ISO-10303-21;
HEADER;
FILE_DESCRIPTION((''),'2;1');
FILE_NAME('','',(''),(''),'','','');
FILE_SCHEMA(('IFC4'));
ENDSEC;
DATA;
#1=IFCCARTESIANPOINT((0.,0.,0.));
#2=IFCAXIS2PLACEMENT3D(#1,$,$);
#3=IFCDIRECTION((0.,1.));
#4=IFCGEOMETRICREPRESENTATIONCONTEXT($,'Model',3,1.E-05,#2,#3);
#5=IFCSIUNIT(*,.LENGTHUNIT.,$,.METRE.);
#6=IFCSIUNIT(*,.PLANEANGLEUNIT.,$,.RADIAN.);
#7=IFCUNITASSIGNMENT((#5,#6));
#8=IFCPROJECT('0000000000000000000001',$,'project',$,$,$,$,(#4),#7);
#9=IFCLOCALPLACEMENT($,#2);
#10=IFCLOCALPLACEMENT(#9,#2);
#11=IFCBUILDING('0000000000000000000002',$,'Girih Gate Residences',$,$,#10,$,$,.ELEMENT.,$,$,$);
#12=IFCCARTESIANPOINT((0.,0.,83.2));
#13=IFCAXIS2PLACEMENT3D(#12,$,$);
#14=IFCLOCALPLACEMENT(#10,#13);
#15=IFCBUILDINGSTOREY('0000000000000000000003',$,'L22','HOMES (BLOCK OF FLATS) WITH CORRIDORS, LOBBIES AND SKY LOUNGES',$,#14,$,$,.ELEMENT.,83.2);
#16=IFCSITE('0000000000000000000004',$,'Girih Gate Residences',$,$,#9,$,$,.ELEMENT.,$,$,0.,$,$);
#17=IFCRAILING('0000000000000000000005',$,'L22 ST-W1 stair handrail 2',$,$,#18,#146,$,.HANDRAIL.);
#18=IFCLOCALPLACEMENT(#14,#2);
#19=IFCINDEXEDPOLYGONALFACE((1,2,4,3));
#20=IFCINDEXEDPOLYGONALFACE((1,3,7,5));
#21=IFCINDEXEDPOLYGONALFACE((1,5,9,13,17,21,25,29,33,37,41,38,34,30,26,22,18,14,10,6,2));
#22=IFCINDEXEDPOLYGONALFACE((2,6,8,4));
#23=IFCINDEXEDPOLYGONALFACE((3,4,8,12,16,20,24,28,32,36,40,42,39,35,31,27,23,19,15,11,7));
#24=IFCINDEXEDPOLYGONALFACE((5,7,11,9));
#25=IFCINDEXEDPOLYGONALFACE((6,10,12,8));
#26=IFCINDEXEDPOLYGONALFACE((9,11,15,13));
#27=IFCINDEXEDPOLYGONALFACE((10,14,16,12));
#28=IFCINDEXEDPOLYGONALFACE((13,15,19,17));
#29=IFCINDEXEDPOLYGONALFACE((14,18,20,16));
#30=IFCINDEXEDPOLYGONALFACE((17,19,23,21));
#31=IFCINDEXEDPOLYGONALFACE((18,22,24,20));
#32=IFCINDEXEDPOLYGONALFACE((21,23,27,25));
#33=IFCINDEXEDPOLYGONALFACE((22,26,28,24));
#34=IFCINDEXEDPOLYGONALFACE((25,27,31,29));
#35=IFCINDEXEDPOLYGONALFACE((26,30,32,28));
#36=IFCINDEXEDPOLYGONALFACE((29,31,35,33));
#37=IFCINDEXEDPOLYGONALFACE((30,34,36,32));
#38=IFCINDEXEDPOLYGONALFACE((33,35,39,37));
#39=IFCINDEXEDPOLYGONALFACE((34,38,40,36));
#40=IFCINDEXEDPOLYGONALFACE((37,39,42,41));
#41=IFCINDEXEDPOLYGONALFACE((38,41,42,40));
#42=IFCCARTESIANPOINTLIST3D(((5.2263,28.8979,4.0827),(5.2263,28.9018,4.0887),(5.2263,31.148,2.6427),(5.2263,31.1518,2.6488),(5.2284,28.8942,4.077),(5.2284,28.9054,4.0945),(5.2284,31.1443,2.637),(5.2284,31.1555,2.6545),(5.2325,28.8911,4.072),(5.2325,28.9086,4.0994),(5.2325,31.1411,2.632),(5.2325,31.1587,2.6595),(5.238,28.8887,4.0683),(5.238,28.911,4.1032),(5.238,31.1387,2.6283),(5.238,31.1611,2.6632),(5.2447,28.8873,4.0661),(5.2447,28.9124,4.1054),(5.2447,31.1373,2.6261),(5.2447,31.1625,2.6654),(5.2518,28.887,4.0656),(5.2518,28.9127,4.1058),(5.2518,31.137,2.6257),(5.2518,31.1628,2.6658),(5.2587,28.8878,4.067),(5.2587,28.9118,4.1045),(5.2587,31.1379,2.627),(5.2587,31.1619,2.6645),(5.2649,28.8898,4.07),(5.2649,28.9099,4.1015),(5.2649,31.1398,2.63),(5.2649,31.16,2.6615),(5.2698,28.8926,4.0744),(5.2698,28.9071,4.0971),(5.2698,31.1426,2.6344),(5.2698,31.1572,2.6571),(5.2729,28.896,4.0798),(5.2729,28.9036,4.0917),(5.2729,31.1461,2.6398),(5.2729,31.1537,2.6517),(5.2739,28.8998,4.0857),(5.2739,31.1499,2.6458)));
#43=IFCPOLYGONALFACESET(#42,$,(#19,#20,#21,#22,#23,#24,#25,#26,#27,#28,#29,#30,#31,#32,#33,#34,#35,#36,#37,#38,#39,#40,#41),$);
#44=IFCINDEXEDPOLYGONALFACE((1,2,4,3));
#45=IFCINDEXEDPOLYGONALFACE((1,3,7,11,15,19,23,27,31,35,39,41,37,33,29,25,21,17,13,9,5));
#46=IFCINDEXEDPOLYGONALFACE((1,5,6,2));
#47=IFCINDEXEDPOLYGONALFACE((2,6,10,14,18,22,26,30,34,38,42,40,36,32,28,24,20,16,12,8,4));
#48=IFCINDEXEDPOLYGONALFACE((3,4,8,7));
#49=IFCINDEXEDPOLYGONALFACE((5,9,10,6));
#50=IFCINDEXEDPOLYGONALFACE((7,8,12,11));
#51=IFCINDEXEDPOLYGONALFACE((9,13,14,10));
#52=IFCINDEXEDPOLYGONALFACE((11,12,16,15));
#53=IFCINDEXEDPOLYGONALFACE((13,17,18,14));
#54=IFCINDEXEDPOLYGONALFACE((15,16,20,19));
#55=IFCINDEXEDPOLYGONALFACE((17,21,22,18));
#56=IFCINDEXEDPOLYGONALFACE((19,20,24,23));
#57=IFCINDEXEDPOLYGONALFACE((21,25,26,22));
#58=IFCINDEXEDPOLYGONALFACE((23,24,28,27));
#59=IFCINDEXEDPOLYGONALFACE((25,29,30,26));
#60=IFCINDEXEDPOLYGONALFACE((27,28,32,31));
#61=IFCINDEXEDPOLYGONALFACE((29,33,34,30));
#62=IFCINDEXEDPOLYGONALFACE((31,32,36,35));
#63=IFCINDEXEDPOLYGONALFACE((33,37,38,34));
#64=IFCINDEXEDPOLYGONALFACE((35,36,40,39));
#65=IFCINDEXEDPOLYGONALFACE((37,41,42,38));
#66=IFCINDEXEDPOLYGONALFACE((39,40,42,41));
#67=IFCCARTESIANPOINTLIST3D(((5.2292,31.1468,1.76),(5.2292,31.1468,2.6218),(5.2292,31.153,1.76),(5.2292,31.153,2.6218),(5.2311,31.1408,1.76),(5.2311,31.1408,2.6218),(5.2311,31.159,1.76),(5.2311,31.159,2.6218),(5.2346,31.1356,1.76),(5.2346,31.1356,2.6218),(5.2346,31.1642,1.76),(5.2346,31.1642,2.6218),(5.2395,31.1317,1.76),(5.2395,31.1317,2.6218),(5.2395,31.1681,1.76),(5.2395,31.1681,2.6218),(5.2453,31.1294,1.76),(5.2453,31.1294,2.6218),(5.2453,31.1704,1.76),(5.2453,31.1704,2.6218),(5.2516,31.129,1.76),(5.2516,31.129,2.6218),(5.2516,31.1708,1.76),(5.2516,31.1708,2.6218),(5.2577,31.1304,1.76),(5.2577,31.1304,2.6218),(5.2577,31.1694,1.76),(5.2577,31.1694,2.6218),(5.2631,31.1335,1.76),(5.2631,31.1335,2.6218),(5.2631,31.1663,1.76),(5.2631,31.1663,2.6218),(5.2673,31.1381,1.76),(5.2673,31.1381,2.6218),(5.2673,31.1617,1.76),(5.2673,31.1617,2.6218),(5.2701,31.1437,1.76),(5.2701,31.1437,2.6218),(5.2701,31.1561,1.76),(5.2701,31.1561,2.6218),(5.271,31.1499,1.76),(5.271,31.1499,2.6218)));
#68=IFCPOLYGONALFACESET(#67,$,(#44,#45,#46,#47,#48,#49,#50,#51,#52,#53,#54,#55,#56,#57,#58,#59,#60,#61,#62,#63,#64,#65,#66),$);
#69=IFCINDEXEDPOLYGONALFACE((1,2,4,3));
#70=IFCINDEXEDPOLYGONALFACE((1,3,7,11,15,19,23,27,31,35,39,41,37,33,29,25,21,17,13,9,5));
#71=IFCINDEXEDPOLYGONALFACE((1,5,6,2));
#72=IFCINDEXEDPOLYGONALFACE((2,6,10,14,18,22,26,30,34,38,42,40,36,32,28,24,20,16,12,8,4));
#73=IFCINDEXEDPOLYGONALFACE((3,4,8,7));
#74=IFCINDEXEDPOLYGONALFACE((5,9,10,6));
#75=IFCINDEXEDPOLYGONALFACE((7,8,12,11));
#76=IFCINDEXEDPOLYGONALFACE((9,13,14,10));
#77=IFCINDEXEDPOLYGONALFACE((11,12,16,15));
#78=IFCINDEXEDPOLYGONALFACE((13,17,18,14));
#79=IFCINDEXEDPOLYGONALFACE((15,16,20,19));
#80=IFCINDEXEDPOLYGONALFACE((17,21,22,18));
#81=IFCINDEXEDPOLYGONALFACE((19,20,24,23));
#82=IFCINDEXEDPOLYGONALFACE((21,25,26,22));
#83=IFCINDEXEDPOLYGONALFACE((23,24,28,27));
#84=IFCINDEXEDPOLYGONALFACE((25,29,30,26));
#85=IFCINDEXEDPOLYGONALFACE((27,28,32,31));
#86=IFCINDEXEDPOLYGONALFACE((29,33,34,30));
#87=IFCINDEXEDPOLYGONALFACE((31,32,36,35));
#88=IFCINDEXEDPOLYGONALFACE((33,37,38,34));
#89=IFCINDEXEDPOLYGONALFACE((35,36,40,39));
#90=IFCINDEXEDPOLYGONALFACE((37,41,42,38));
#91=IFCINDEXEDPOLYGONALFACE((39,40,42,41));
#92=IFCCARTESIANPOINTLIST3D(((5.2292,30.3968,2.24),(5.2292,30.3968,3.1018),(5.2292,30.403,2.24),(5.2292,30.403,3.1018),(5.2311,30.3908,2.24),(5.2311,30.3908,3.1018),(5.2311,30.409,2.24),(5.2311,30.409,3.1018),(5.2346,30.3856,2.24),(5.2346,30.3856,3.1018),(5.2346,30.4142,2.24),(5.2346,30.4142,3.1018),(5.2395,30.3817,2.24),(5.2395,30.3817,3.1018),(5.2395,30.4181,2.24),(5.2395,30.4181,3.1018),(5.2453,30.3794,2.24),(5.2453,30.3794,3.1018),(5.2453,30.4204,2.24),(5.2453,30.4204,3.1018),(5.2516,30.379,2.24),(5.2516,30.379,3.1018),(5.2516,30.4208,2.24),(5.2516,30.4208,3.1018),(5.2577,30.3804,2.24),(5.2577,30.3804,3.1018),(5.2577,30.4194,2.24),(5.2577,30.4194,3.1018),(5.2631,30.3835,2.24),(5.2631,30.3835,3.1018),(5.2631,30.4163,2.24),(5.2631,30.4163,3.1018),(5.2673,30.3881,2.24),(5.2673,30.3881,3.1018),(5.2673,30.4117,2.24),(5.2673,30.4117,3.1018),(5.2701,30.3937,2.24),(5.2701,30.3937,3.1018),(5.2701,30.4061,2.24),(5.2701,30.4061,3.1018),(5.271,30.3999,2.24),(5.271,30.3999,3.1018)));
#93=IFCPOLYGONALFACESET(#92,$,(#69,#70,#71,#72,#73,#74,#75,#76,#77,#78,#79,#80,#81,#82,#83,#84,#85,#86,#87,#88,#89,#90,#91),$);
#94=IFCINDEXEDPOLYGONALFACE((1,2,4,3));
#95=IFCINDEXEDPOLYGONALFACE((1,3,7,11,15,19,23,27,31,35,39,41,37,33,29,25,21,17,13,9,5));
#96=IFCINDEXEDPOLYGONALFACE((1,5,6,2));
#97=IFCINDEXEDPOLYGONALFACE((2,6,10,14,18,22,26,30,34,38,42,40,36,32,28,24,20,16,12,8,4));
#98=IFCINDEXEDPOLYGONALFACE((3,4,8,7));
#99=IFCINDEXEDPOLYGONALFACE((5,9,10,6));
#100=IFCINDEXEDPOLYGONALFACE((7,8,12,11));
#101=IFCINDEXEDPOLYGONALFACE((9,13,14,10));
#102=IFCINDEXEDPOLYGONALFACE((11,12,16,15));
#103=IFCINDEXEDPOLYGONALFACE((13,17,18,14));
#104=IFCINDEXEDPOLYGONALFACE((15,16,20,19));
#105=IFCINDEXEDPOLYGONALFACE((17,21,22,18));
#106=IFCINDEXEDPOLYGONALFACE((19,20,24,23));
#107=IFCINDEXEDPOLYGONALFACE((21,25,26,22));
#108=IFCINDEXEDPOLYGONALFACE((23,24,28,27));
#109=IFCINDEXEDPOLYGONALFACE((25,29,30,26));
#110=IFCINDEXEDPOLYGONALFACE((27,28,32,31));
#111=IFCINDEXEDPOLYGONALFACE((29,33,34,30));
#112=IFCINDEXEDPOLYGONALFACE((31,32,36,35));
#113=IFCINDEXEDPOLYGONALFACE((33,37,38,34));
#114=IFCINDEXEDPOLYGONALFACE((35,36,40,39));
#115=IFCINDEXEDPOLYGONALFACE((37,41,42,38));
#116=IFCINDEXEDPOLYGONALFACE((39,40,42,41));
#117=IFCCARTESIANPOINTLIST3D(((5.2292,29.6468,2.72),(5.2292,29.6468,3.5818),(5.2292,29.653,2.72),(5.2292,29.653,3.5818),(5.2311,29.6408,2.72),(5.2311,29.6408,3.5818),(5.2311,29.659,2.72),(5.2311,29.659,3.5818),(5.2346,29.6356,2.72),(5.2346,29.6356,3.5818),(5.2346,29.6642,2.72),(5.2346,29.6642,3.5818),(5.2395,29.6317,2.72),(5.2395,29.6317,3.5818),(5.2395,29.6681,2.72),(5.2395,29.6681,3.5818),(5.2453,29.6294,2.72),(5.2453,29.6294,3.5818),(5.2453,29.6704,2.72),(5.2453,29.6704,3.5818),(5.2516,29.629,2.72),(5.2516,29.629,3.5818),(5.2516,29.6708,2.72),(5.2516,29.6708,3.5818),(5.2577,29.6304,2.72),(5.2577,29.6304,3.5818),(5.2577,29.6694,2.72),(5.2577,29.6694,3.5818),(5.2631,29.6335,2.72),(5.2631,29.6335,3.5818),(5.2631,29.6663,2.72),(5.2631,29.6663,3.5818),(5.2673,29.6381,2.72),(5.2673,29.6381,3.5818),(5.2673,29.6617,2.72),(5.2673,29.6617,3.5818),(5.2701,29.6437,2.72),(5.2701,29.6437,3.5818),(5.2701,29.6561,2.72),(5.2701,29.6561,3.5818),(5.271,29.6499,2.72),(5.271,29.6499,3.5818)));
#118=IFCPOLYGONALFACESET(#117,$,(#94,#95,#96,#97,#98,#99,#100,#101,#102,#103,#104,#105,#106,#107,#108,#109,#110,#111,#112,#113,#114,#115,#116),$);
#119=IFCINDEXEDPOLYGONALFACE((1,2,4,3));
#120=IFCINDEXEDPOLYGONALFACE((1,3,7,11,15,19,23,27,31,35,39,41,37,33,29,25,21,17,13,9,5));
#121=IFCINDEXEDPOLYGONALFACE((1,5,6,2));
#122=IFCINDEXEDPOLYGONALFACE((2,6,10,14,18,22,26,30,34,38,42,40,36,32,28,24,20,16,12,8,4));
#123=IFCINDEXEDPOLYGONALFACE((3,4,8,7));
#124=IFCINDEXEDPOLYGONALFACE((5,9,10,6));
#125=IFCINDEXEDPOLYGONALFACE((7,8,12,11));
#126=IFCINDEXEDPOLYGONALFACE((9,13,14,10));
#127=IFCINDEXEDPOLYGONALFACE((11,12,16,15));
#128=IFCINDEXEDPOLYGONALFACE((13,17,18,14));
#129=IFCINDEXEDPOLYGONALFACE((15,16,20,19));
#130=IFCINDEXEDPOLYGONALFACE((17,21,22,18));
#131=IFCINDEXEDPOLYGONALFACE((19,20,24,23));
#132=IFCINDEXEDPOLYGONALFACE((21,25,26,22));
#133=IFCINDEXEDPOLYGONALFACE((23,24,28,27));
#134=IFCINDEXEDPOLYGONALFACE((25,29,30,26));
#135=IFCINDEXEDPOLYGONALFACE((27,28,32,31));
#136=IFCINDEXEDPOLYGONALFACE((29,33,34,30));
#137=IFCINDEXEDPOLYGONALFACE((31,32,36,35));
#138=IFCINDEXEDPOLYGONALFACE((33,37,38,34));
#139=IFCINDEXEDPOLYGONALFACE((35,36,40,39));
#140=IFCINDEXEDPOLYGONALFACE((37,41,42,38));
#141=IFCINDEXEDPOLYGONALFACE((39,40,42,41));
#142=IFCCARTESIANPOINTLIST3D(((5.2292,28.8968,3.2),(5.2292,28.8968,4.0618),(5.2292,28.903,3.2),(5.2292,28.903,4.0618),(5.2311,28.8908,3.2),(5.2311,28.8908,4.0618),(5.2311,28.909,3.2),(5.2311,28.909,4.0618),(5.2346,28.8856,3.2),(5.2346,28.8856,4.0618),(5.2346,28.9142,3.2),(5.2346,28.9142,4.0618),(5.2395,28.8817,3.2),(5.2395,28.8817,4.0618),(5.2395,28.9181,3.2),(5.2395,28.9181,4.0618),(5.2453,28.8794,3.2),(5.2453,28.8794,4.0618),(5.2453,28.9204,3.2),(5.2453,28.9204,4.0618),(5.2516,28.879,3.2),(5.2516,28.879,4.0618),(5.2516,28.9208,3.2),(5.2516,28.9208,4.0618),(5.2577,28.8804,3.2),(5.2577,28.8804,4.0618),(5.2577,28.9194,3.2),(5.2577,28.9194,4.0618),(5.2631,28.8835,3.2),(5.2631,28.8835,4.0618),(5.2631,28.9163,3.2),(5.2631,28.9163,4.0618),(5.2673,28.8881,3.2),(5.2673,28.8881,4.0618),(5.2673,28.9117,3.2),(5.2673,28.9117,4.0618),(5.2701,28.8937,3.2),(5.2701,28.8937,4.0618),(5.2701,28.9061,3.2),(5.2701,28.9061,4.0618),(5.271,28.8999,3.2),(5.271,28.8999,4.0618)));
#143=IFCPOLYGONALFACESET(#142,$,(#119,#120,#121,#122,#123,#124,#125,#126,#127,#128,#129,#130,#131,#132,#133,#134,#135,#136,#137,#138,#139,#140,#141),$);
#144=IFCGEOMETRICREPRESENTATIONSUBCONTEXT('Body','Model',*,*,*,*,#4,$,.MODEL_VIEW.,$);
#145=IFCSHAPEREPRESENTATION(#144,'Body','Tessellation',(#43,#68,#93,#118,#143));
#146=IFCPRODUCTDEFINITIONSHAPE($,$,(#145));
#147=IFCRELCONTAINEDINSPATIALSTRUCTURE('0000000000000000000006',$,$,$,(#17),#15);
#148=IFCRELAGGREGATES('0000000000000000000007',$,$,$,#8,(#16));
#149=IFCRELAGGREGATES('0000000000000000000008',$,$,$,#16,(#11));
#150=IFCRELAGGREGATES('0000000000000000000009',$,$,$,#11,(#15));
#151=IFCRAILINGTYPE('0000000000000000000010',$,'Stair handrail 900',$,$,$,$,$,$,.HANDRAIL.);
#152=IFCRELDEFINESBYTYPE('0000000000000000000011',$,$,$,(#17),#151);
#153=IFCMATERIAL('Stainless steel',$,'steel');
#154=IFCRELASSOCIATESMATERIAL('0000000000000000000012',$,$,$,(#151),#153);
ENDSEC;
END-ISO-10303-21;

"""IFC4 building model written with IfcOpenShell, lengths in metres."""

from ifc_helpers import new_model, si_unit, direction, frame, origin, origin_2d, place, context, subcontext, project, spatial, circle, extrude, material, type_object, element, save


model = new_model("IFC4")

# Units and contexts
model_context = context("Model", 3, precision=1e-05, world=origin(), true_north=direction((0.0, 1.0)))
body_context = subcontext(model_context, "Body", "Model", "MODEL_VIEW")
ifc_project = project(units=[si_unit("LENGTHUNIT", "METRE"), si_unit("PLANEANGLEUNIT", "RADIAN")], contexts=[model_context])

# Site, building, storey
site_placement = place(None, origin())
site = spatial("IfcSite", under=ifc_project, at=site_placement, Name="Girih Gate Residences", CompositionType="ELEMENT", RefElevation=0.0)
building_placement = place(site_placement, origin())
building = spatial("IfcBuilding", under=site, at=building_placement, Name="Girih Gate Residences", CompositionType="ELEMENT")
storey_placement = place(building_placement, frame((0.0, 0.0, 83.2)))
storey = spatial("IfcBuildingStorey", under=building, at=storey_placement, Name="L22", Description="HOMES (BLOCK OF FLATS) WITH CORRIDORS, LOBBIES AND SKY LOUNGES", CompositionType="ELEMENT", Elevation=83.2)

# Railing
ifc_material_1 = material(Name="Stainless steel", Category="steel")
railing_type_1 = type_object("IfcRailingType", Name="Stair handrail 900", PredefinedType="HANDRAIL", material=ifc_material_1)
railing_1_placement = place(storey_placement, frame((5.25, 31.1499, 1.76)))
element("IfcRailing", 1, at=railing_1_placement, inside=storey, type_object=railing_type_1, Name="L22 ST-W1 stair handrail 2", PredefinedType="HANDRAIL", context=body_context, shape_type="SweptSolid", body=[
    extrude(circle(Radius=0.0239, at=origin_2d()), frame((0.0, 0.0, 0.8857), z_axis=(0.0, -0.842281, 0.539038), x_axis=(1.0, 0.0, 0.0)), (0.0, 0.0, 1.0), 2.6714),
    extrude(circle(Radius=0.021, at=origin_2d()), origin(), (0.0, 0.0, 1.0), 0.8618),
    extrude(circle(Radius=0.021, at=origin_2d()), frame((0.0, -0.75, 0.48)), (0.0, 0.0, 1.0), 0.8618),
    extrude(circle(Radius=0.021, at=origin_2d()), frame((0.0, -1.5, 0.96)), (0.0, 0.0, 1.0), 0.8618),
    extrude(circle(Radius=0.021, at=origin_2d()), frame((0.0, -2.25, 1.4399)), (0.0, 0.0, 1.0), 0.8618),
])

save(model, "model.ifc")
